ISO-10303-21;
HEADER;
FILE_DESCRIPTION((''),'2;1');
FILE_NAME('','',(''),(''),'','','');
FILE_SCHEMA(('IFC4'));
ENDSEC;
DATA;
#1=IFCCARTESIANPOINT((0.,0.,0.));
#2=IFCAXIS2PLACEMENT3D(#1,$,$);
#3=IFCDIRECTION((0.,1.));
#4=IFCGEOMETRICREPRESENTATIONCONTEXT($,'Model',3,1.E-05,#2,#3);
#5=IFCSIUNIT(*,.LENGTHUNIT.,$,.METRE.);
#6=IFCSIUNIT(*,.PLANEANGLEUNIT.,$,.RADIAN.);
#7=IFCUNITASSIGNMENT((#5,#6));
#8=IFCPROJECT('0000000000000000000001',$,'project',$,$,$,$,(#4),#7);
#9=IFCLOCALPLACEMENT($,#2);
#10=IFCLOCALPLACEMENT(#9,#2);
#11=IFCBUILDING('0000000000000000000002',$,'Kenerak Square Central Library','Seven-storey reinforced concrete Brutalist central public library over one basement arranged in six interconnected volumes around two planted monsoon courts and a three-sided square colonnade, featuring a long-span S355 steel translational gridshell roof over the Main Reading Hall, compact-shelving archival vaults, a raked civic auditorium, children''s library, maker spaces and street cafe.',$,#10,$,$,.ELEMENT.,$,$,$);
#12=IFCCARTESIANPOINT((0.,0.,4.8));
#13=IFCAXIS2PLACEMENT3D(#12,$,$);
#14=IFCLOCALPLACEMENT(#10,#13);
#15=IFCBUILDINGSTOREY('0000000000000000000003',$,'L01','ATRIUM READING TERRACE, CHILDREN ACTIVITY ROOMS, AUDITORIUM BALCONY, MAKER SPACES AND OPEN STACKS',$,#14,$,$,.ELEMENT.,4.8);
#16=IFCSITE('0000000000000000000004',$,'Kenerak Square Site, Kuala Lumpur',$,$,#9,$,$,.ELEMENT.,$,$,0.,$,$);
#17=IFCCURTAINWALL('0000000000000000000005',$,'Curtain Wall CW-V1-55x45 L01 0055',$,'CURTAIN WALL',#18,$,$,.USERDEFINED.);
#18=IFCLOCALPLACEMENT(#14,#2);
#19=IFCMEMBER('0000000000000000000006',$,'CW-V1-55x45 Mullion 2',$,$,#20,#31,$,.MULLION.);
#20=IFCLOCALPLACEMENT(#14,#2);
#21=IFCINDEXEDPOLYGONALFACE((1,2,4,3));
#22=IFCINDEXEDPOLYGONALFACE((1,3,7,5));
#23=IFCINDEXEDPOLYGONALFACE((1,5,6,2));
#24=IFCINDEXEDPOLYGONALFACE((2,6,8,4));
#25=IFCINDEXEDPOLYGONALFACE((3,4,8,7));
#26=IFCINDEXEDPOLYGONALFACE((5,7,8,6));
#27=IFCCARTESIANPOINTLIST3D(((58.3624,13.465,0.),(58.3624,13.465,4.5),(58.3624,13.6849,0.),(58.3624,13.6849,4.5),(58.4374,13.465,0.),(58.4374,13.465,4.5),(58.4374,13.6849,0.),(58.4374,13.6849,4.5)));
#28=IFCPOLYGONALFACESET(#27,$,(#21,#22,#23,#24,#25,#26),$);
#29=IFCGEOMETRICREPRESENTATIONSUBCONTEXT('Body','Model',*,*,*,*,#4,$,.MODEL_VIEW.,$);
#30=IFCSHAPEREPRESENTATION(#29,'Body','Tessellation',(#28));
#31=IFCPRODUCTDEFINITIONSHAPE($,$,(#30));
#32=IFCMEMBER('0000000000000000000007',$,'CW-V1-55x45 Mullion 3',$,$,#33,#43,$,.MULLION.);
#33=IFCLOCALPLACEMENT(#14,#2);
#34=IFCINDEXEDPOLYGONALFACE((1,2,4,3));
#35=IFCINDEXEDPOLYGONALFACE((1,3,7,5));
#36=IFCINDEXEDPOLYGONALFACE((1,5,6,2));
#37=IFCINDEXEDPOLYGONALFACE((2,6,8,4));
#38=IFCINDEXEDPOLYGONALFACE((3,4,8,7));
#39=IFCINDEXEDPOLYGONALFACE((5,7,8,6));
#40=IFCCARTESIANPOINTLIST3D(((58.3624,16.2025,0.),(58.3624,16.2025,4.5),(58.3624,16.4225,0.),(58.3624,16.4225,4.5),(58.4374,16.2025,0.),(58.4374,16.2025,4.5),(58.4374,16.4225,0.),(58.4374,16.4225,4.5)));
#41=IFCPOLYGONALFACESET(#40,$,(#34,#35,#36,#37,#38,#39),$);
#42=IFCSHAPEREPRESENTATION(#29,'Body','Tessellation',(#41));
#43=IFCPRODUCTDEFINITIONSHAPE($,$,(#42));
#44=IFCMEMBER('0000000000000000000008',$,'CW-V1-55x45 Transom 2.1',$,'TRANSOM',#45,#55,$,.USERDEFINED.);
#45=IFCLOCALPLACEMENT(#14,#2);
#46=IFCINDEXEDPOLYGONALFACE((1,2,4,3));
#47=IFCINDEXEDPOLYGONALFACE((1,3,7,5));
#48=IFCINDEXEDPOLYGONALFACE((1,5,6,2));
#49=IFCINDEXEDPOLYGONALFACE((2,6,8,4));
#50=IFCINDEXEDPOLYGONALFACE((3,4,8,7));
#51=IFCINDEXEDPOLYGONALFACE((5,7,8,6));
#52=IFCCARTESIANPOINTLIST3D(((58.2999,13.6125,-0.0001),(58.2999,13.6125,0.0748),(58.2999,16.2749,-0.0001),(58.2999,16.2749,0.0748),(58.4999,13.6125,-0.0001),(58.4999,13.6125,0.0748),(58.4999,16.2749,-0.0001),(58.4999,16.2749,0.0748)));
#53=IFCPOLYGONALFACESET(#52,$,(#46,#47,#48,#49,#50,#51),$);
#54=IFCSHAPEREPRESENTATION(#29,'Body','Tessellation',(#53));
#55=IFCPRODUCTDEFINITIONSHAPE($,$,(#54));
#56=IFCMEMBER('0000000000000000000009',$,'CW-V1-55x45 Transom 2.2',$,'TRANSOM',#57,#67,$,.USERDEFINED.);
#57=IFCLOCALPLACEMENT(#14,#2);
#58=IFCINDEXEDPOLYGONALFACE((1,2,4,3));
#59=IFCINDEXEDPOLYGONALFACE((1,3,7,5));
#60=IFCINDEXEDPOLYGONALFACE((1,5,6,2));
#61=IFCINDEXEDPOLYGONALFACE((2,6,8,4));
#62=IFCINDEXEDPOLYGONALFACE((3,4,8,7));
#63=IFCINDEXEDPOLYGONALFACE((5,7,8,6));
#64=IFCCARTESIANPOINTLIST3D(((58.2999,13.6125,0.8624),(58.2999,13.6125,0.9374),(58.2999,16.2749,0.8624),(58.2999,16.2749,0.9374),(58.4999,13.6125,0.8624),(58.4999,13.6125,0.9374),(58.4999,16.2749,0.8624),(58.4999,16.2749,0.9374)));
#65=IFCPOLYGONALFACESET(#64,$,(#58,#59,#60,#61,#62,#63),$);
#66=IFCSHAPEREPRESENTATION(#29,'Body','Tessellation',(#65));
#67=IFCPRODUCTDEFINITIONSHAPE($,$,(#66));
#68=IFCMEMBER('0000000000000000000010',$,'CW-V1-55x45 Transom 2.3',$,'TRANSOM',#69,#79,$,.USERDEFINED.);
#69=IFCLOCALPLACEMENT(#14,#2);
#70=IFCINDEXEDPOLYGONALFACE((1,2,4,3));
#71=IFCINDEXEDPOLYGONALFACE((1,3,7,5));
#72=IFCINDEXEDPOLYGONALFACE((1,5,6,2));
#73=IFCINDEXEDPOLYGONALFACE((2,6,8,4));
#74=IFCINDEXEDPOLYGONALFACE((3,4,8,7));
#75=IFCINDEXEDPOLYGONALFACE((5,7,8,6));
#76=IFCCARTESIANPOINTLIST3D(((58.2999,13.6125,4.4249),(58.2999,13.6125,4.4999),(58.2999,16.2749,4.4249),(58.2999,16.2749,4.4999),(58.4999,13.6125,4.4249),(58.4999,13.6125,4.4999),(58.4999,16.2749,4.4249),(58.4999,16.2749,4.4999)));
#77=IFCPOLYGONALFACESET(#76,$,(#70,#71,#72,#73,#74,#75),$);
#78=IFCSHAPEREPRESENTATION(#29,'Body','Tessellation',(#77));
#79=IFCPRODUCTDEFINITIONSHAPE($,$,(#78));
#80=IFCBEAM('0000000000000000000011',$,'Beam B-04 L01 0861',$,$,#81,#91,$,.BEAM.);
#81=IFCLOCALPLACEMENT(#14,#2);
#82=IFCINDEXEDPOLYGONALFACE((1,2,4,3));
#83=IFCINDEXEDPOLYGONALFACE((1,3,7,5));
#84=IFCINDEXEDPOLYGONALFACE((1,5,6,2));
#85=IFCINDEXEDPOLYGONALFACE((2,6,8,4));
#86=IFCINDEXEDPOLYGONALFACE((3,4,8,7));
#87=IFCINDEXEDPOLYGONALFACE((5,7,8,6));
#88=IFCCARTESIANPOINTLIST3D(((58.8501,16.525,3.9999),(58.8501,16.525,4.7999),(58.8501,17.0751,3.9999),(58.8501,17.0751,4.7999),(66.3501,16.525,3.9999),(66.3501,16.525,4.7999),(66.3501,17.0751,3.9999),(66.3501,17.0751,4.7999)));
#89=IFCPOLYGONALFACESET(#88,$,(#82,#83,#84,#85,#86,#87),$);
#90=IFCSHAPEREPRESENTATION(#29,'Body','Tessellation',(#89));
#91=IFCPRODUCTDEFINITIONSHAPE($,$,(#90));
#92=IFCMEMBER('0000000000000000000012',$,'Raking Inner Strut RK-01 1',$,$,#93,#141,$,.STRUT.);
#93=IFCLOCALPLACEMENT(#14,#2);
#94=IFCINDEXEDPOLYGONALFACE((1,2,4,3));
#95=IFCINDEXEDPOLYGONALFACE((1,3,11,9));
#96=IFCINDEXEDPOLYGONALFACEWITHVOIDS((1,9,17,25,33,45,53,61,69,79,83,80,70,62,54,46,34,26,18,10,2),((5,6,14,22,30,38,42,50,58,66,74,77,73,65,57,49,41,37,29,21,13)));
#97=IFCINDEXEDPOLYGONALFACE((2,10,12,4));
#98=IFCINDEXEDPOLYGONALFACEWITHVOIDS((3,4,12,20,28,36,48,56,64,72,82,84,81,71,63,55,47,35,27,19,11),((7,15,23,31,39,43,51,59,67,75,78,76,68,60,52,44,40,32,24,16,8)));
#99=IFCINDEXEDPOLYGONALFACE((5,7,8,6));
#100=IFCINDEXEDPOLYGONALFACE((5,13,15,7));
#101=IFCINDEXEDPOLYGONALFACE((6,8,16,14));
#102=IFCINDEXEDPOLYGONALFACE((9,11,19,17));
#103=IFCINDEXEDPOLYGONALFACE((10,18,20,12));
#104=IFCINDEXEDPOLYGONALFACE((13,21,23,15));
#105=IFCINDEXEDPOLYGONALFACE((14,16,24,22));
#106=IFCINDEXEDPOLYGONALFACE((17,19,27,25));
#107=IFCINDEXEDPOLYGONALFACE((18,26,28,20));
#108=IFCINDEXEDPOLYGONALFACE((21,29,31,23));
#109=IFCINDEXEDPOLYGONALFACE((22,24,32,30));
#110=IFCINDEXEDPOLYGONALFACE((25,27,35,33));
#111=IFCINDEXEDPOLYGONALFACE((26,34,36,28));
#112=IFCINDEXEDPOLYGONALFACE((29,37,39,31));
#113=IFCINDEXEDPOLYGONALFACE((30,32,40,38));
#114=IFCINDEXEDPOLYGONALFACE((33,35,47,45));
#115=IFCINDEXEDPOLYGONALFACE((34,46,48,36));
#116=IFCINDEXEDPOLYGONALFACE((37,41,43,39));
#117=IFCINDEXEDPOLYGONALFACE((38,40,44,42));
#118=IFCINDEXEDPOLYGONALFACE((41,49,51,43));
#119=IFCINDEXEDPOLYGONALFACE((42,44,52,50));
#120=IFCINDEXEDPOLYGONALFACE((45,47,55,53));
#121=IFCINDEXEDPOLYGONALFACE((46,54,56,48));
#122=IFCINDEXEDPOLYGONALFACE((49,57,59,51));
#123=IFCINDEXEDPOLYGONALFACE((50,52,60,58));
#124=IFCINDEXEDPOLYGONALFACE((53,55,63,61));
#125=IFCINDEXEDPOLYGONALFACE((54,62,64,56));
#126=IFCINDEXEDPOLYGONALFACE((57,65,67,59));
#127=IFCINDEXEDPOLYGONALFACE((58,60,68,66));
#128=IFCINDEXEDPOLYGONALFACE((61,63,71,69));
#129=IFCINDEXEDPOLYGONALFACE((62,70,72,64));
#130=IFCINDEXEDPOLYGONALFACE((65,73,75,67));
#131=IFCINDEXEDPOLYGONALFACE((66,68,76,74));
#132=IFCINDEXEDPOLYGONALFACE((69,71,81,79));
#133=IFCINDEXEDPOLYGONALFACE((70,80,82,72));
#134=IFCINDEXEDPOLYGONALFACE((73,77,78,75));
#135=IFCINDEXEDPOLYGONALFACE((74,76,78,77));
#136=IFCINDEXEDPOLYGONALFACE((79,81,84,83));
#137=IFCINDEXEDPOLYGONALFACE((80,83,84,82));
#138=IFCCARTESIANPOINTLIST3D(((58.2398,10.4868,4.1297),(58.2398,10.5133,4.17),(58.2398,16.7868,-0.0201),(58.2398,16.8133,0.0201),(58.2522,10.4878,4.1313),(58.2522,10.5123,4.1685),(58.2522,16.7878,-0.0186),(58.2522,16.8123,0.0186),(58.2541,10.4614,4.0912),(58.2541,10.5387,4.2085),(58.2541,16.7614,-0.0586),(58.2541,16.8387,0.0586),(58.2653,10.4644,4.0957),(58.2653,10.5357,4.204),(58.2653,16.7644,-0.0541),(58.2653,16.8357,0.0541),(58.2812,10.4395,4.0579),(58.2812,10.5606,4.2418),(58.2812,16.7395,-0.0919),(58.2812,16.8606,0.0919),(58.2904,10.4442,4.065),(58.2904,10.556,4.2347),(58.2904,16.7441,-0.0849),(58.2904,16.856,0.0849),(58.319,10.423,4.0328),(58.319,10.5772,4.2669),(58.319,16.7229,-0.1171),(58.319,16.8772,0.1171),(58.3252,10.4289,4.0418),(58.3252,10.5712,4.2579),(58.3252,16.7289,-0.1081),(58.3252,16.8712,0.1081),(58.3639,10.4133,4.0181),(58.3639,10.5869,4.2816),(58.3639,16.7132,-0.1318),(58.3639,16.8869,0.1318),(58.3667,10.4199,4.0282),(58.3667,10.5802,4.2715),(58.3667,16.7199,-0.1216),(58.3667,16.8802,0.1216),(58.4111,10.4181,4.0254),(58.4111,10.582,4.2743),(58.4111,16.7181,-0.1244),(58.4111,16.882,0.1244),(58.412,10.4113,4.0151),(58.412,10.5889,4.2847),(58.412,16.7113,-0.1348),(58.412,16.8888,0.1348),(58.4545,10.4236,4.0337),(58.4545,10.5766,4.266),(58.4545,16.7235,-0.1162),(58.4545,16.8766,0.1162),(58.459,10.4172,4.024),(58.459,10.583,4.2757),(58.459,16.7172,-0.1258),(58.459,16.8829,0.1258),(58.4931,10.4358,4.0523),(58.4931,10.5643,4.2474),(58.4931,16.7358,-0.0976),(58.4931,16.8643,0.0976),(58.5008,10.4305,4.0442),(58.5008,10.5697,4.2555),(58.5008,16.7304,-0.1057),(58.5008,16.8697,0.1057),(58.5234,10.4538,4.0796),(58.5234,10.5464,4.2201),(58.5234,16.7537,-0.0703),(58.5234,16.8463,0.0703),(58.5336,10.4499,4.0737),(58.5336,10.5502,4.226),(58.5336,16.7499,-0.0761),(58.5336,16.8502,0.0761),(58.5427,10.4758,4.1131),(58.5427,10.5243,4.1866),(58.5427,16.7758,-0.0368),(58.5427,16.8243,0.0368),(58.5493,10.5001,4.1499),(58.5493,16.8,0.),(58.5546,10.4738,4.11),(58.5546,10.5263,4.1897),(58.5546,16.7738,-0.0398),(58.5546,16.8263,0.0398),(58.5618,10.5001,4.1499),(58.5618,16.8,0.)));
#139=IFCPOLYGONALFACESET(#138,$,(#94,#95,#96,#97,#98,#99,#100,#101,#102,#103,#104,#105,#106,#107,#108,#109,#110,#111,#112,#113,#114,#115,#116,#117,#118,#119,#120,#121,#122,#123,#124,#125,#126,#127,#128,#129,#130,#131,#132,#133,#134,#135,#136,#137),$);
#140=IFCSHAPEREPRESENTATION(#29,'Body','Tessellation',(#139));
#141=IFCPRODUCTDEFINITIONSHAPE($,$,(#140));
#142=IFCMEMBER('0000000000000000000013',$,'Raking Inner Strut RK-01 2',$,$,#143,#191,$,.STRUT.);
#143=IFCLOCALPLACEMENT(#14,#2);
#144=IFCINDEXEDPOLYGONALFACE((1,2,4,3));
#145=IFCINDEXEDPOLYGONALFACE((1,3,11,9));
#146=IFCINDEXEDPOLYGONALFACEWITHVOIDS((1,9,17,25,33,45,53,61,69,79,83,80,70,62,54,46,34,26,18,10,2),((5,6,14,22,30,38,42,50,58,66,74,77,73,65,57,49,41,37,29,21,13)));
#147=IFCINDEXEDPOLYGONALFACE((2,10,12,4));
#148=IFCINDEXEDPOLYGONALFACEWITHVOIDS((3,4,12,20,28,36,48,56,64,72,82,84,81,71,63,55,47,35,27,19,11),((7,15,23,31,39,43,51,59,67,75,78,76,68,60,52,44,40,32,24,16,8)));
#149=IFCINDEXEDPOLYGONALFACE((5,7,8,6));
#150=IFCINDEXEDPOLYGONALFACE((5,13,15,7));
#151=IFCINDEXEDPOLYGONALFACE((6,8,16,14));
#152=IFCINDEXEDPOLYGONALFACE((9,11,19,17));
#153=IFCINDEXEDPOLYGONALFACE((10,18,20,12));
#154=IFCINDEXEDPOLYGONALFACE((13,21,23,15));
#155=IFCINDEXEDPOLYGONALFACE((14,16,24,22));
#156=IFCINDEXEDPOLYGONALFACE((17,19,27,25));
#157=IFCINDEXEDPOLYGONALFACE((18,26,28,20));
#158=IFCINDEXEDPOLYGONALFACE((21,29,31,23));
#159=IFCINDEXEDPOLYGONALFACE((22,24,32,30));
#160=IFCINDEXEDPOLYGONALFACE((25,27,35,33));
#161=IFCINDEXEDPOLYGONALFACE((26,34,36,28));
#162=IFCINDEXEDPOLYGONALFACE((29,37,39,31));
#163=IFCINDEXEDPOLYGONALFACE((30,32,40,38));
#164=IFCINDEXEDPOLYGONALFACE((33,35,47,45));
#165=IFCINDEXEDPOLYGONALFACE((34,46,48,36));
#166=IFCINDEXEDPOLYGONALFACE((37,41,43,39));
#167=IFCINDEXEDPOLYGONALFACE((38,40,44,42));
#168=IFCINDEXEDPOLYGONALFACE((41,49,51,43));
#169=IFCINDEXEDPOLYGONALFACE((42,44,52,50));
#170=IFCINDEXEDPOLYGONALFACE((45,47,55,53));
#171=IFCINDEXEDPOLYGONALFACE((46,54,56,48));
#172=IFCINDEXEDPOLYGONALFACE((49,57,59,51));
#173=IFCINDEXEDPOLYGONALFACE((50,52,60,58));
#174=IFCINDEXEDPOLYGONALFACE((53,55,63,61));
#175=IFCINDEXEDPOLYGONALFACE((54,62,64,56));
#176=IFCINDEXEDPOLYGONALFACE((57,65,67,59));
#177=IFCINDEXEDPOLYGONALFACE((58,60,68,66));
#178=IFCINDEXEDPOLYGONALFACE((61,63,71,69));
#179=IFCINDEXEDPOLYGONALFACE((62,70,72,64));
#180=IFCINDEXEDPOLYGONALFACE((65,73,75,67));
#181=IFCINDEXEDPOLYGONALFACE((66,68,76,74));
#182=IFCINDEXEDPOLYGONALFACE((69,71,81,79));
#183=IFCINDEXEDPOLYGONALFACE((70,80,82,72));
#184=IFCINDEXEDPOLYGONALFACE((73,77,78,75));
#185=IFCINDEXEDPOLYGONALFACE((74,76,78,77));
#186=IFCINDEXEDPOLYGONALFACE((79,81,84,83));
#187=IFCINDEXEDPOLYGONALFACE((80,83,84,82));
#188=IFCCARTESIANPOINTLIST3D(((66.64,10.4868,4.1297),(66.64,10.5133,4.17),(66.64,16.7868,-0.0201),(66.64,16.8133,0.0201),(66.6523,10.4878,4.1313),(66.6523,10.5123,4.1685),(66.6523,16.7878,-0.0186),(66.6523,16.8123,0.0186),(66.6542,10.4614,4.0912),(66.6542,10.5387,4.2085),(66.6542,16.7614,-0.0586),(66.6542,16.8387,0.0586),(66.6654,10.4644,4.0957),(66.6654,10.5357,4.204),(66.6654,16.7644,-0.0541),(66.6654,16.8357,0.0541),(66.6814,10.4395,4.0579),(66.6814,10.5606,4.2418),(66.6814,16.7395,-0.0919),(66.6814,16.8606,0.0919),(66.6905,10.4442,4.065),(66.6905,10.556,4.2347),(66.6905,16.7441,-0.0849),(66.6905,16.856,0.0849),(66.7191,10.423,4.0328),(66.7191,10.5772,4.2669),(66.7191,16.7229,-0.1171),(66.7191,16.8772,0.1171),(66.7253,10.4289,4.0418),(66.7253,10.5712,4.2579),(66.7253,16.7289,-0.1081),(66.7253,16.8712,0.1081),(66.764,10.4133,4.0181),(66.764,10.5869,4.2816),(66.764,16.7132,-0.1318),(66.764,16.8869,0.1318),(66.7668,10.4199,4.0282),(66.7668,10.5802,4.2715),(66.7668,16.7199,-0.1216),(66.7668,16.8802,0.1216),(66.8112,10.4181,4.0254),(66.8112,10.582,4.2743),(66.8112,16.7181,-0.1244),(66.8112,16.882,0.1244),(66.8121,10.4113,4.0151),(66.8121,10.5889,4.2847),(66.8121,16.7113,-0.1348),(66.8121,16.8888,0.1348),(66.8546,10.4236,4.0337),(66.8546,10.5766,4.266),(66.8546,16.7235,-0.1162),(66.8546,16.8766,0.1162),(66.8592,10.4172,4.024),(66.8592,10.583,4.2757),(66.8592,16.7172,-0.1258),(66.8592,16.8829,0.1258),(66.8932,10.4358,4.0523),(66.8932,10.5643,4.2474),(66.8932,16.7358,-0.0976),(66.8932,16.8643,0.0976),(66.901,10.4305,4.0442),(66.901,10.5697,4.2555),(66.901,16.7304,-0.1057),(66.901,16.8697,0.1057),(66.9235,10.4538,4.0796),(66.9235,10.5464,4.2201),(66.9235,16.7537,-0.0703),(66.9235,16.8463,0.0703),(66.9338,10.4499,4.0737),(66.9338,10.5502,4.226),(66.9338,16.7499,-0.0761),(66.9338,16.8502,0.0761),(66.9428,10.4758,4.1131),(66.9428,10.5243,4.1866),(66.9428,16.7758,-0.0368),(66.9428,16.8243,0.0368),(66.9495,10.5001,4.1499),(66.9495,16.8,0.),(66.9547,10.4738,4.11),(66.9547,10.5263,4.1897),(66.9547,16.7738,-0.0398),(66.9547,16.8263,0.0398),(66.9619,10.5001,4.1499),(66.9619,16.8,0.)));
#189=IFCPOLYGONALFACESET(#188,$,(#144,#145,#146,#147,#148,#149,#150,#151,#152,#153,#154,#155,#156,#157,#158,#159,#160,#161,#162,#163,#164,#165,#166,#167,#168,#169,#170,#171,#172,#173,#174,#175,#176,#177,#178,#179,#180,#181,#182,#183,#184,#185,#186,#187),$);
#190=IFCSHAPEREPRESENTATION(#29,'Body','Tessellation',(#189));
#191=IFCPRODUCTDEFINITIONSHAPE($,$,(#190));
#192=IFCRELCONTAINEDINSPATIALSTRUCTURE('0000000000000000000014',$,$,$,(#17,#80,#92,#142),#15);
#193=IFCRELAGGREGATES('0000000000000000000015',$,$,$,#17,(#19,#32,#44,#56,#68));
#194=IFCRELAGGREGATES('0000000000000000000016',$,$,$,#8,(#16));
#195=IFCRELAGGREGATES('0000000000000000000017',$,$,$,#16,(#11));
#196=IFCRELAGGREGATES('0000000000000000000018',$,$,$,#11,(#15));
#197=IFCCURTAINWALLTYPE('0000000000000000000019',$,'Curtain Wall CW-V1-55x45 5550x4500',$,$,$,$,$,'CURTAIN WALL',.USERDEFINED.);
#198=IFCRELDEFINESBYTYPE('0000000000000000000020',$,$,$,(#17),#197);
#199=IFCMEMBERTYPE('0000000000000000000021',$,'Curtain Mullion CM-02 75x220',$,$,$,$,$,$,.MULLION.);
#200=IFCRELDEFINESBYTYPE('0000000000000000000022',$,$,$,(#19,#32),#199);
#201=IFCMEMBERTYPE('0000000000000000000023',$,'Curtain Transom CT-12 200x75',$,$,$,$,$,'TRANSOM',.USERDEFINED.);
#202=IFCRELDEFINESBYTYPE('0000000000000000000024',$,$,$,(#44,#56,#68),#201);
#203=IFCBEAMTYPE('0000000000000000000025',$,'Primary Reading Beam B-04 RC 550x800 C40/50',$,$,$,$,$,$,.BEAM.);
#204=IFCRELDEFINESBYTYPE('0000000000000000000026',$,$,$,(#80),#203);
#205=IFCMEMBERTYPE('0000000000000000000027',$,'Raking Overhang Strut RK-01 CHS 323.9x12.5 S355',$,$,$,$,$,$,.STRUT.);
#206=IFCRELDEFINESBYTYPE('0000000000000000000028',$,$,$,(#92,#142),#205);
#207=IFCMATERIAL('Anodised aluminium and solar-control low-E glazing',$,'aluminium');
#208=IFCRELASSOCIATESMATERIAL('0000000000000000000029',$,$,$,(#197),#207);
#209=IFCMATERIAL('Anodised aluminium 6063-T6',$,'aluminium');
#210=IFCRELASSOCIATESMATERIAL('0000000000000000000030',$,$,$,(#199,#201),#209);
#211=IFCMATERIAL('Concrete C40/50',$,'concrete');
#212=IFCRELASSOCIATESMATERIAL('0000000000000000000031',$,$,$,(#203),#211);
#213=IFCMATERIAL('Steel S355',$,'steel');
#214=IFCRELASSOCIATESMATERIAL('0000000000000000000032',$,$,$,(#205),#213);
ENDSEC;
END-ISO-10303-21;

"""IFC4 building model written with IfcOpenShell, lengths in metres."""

from ifc_helpers import new_model, si_unit, direction, frame, origin, origin_2d, place, context, subcontext, project, spatial, rectangle, hollow_circle, extrude, material, material_profile, profile_set, type_object, element, aggregate, save


model = new_model("IFC4")

# Units and contexts
model_context = context("Model", 3, precision=1e-05, world=origin(), true_north=direction((0.0, 1.0)))
body_context = subcontext(model_context, "Body", "Model", "MODEL_VIEW")
ifc_project = project(units=[si_unit("LENGTHUNIT", "METRE"), si_unit("PLANEANGLEUNIT", "RADIAN")], contexts=[model_context])

# Site, building, storey
site_placement = place(None, origin())
site = spatial("IfcSite", under=ifc_project, at=site_placement, Name="Kenerak Square Site, Kuala Lumpur", CompositionType="ELEMENT", RefElevation=0.0)
building_placement = place(site_placement, origin())
building = spatial("IfcBuilding", under=site, at=building_placement, Name="Kenerak Square Central Library", Description="Seven-storey reinforced concrete Brutalist central public library over one basement arranged in six interconnected volumes around two planted monsoon courts and a three-sided square colonnade, featuring a long-span S355 steel translational gridshell roof over the Main Reading Hall, compact-shelving archival vaults, a raked civic auditorium, children's library, maker spaces and street cafe.", CompositionType="ELEMENT")
storey_placement = place(building_placement, frame((0.0, 0.0, 4.8)))
storey = spatial("IfcBuildingStorey", under=building, at=storey_placement, Name="L01", Description="ATRIUM READING TERRACE, CHILDREN ACTIVITY ROOMS, AUDITORIUM BALCONY, MAKER SPACES AND OPEN STACKS", CompositionType="ELEMENT", Elevation=4.8)

# Shared definitions
ifc_material_1 = material(Name="Steel S355", Category="steel")

# Curtain wall, members
ifc_material_2 = material(Name="Anodised aluminium and solar-control low-E glazing", Category="aluminium")
curtain_wall_type = type_object("IfcCurtainWallType", Name="Curtain Wall CW-V1-55x45 5550x4500", ElementType="CURTAIN WALL", PredefinedType="USERDEFINED", material=ifc_material_2)
curtain_wall_placement = place(storey_placement, origin())
curtain_wall = element("IfcCurtainWall", 1, at=curtain_wall_placement, inside=storey, type_object=curtain_wall_type, Name="Curtain Wall CW-V1-55x45 L01 0055", ObjectType="CURTAIN WALL", PredefinedType="USERDEFINED")
ifc_material_3 = material(Name="Anodised aluminium 6063-T6", Category="aluminium")
ifc_material_profile_1 = material_profile(ifc_material_3, rectangle(XDim=0.075, YDim=0.22, at=origin_2d()), Name="AL MULLION 75x220")
ifc_profile_set_1 = profile_set([ifc_material_profile_1], Name="Anodised aluminium 6063-T6")
member_type_1 = type_object("IfcMemberType", Name="Curtain Mullion CM-02 75x220", PredefinedType="MULLION", material=ifc_profile_set_1)
member_1_placement = place(storey_placement, frame((58.3999, 13.575, 0.0), z_axis=(0.0, 0.0, 1.0), x_axis=(-1.0, 0.0, 0.0)))
member_1 = element("IfcMember", 2, at=member_1_placement, type_object=member_type_1, Name="CW-V1-55x45 Mullion 2", PredefinedType="MULLION", context=body_context, shape_type="SweptSolid", body=[
    extrude(rectangle(XDim=0.075, YDim=0.22, at=origin_2d()), origin(), (0.0, 0.0, 1.0), 4.5),
])
member_2_placement = place(storey_placement, frame((58.3999, 16.3125, 0.0), z_axis=(0.0, 0.0, 1.0), x_axis=(-1.0, 0.0, 0.0)))
member_2 = element("IfcMember", 3, at=member_2_placement, type_object=member_type_1, Name="CW-V1-55x45 Mullion 3", PredefinedType="MULLION", context=body_context, shape_type="SweptSolid", body=[
    extrude(rectangle(XDim=0.075, YDim=0.22, at=origin_2d()), origin(), (0.0, 0.0, 1.0), 4.5),
])
ifc_material_profile_2 = material_profile(ifc_material_3, rectangle(XDim=0.2, YDim=0.075, at=origin_2d()), Name="AL TRANSOM 200x75")
ifc_profile_set_2 = profile_set([ifc_material_profile_2], Name="Anodised aluminium 6063-T6")
member_type_2 = type_object("IfcMemberType", Name="Curtain Transom CT-12 200x75", ElementType="TRANSOM", PredefinedType="USERDEFINED", material=ifc_profile_set_2)
member_3_placement = place(storey_placement, frame((58.3999, 13.6125, 0.0374), z_axis=(0.0, 1.0, 0.0), x_axis=(-1.0, 0.0, 0.0)))
member_3 = element("IfcMember", 4, at=member_3_placement, type_object=member_type_2, Name="CW-V1-55x45 Transom 2.1", ObjectType="TRANSOM", PredefinedType="USERDEFINED", context=body_context, shape_type="SweptSolid", body=[
    extrude(rectangle(XDim=0.2, YDim=0.075, at=origin_2d()), origin(), (0.0, 0.0, 1.0), 2.6624),
])
member_4_placement = place(storey_placement, frame((58.3999, 13.6125, 0.8999), z_axis=(0.0, 1.0, 0.0), x_axis=(-1.0, 0.0, 0.0)))
member_4 = element("IfcMember", 5, at=member_4_placement, type_object=member_type_2, Name="CW-V1-55x45 Transom 2.2", ObjectType="TRANSOM", PredefinedType="USERDEFINED", context=body_context, shape_type="SweptSolid", body=[
    extrude(rectangle(XDim=0.2, YDim=0.075, at=origin_2d()), origin(), (0.0, 0.0, 1.0), 2.6624),
])
member_5_placement = place(storey_placement, frame((58.3999, 13.6125, 4.4624), z_axis=(0.0, 1.0, 0.0), x_axis=(-1.0, 0.0, 0.0)))
member_5 = element("IfcMember", 6, at=member_5_placement, type_object=member_type_2, Name="CW-V1-55x45 Transom 2.3", ObjectType="TRANSOM", PredefinedType="USERDEFINED", context=body_context, shape_type="SweptSolid", body=[
    extrude(rectangle(XDim=0.2, YDim=0.075, at=origin_2d()), origin(), (0.0, 0.0, 1.0), 2.6624),
])

# Beam
ifc_material_4 = material(Name="Concrete C40/50", Category="concrete")
ifc_material_profile_3 = material_profile(ifc_material_4, rectangle(XDim=0.55, YDim=0.8, at=origin_2d()), Name="RC 550x800")
ifc_profile_set_3 = profile_set([ifc_material_profile_3], Name="Concrete C40/50")
beam_type_1 = type_object("IfcBeamType", Name="Primary Reading Beam B-04 RC 550x800 C40/50", PredefinedType="BEAM", material=ifc_profile_set_3)
beam_placement = place(storey_placement, frame((58.8501, 16.8, 4.3999), z_axis=(1.0, 0.0, 0.0), x_axis=(0.0, 1.0, 0.0)))
element("IfcBeam", 7, at=beam_placement, inside=storey, type_object=beam_type_1, Name="Beam B-04 L01 0861", PredefinedType="BEAM", context=body_context, shape_type="SweptSolid", body=[
    extrude(rectangle(XDim=0.55, YDim=0.8, at=origin_2d()), origin(), (0.0, 0.0, 1.0), 7.5),
])

# Members
ifc_material_profile_4 = material_profile(ifc_material_1, hollow_circle(Radius=0.1619, WallThickness=0.0125, at=origin_2d()), Name="CHS 323.9x12.5")
ifc_profile_set_4 = profile_set([ifc_material_profile_4], Name="Steel S355")
member_type_3 = type_object("IfcMemberType", Name="Raking Overhang Strut RK-01 CHS 323.9x12.5 S355", PredefinedType="STRUT", material=ifc_profile_set_4)
for number, where, z_axis, x_axis, name in (
    (8, (58.3999, 16.8, 0.0), (0.0, -0.835105, 0.550091), (1.0, 0.0, 0.0), "Raking Inner Strut RK-01 1"),
    (9, (66.8, 16.8, 0.0), (0.0, -0.835105, 0.550091), (1.0, 0.0, 0.0), "Raking Inner Strut RK-01 2"),
):
    element("IfcMember", number, at=place(storey_placement, frame(where, z_axis=z_axis, x_axis=x_axis)), inside=storey, type_object=member_type_3, Name=name, PredefinedType="STRUT", context=body_context, shape_type="SweptSolid", body=[
        extrude(hollow_circle(Radius=0.1619, WallThickness=0.0125, at=origin_2d()), origin(), (0.0, 0.0, 1.0), 7.5439),
    ])

aggregate(curtain_wall, [member_1, member_2, member_3, member_4, member_5])

save(model, "model.ifc")
